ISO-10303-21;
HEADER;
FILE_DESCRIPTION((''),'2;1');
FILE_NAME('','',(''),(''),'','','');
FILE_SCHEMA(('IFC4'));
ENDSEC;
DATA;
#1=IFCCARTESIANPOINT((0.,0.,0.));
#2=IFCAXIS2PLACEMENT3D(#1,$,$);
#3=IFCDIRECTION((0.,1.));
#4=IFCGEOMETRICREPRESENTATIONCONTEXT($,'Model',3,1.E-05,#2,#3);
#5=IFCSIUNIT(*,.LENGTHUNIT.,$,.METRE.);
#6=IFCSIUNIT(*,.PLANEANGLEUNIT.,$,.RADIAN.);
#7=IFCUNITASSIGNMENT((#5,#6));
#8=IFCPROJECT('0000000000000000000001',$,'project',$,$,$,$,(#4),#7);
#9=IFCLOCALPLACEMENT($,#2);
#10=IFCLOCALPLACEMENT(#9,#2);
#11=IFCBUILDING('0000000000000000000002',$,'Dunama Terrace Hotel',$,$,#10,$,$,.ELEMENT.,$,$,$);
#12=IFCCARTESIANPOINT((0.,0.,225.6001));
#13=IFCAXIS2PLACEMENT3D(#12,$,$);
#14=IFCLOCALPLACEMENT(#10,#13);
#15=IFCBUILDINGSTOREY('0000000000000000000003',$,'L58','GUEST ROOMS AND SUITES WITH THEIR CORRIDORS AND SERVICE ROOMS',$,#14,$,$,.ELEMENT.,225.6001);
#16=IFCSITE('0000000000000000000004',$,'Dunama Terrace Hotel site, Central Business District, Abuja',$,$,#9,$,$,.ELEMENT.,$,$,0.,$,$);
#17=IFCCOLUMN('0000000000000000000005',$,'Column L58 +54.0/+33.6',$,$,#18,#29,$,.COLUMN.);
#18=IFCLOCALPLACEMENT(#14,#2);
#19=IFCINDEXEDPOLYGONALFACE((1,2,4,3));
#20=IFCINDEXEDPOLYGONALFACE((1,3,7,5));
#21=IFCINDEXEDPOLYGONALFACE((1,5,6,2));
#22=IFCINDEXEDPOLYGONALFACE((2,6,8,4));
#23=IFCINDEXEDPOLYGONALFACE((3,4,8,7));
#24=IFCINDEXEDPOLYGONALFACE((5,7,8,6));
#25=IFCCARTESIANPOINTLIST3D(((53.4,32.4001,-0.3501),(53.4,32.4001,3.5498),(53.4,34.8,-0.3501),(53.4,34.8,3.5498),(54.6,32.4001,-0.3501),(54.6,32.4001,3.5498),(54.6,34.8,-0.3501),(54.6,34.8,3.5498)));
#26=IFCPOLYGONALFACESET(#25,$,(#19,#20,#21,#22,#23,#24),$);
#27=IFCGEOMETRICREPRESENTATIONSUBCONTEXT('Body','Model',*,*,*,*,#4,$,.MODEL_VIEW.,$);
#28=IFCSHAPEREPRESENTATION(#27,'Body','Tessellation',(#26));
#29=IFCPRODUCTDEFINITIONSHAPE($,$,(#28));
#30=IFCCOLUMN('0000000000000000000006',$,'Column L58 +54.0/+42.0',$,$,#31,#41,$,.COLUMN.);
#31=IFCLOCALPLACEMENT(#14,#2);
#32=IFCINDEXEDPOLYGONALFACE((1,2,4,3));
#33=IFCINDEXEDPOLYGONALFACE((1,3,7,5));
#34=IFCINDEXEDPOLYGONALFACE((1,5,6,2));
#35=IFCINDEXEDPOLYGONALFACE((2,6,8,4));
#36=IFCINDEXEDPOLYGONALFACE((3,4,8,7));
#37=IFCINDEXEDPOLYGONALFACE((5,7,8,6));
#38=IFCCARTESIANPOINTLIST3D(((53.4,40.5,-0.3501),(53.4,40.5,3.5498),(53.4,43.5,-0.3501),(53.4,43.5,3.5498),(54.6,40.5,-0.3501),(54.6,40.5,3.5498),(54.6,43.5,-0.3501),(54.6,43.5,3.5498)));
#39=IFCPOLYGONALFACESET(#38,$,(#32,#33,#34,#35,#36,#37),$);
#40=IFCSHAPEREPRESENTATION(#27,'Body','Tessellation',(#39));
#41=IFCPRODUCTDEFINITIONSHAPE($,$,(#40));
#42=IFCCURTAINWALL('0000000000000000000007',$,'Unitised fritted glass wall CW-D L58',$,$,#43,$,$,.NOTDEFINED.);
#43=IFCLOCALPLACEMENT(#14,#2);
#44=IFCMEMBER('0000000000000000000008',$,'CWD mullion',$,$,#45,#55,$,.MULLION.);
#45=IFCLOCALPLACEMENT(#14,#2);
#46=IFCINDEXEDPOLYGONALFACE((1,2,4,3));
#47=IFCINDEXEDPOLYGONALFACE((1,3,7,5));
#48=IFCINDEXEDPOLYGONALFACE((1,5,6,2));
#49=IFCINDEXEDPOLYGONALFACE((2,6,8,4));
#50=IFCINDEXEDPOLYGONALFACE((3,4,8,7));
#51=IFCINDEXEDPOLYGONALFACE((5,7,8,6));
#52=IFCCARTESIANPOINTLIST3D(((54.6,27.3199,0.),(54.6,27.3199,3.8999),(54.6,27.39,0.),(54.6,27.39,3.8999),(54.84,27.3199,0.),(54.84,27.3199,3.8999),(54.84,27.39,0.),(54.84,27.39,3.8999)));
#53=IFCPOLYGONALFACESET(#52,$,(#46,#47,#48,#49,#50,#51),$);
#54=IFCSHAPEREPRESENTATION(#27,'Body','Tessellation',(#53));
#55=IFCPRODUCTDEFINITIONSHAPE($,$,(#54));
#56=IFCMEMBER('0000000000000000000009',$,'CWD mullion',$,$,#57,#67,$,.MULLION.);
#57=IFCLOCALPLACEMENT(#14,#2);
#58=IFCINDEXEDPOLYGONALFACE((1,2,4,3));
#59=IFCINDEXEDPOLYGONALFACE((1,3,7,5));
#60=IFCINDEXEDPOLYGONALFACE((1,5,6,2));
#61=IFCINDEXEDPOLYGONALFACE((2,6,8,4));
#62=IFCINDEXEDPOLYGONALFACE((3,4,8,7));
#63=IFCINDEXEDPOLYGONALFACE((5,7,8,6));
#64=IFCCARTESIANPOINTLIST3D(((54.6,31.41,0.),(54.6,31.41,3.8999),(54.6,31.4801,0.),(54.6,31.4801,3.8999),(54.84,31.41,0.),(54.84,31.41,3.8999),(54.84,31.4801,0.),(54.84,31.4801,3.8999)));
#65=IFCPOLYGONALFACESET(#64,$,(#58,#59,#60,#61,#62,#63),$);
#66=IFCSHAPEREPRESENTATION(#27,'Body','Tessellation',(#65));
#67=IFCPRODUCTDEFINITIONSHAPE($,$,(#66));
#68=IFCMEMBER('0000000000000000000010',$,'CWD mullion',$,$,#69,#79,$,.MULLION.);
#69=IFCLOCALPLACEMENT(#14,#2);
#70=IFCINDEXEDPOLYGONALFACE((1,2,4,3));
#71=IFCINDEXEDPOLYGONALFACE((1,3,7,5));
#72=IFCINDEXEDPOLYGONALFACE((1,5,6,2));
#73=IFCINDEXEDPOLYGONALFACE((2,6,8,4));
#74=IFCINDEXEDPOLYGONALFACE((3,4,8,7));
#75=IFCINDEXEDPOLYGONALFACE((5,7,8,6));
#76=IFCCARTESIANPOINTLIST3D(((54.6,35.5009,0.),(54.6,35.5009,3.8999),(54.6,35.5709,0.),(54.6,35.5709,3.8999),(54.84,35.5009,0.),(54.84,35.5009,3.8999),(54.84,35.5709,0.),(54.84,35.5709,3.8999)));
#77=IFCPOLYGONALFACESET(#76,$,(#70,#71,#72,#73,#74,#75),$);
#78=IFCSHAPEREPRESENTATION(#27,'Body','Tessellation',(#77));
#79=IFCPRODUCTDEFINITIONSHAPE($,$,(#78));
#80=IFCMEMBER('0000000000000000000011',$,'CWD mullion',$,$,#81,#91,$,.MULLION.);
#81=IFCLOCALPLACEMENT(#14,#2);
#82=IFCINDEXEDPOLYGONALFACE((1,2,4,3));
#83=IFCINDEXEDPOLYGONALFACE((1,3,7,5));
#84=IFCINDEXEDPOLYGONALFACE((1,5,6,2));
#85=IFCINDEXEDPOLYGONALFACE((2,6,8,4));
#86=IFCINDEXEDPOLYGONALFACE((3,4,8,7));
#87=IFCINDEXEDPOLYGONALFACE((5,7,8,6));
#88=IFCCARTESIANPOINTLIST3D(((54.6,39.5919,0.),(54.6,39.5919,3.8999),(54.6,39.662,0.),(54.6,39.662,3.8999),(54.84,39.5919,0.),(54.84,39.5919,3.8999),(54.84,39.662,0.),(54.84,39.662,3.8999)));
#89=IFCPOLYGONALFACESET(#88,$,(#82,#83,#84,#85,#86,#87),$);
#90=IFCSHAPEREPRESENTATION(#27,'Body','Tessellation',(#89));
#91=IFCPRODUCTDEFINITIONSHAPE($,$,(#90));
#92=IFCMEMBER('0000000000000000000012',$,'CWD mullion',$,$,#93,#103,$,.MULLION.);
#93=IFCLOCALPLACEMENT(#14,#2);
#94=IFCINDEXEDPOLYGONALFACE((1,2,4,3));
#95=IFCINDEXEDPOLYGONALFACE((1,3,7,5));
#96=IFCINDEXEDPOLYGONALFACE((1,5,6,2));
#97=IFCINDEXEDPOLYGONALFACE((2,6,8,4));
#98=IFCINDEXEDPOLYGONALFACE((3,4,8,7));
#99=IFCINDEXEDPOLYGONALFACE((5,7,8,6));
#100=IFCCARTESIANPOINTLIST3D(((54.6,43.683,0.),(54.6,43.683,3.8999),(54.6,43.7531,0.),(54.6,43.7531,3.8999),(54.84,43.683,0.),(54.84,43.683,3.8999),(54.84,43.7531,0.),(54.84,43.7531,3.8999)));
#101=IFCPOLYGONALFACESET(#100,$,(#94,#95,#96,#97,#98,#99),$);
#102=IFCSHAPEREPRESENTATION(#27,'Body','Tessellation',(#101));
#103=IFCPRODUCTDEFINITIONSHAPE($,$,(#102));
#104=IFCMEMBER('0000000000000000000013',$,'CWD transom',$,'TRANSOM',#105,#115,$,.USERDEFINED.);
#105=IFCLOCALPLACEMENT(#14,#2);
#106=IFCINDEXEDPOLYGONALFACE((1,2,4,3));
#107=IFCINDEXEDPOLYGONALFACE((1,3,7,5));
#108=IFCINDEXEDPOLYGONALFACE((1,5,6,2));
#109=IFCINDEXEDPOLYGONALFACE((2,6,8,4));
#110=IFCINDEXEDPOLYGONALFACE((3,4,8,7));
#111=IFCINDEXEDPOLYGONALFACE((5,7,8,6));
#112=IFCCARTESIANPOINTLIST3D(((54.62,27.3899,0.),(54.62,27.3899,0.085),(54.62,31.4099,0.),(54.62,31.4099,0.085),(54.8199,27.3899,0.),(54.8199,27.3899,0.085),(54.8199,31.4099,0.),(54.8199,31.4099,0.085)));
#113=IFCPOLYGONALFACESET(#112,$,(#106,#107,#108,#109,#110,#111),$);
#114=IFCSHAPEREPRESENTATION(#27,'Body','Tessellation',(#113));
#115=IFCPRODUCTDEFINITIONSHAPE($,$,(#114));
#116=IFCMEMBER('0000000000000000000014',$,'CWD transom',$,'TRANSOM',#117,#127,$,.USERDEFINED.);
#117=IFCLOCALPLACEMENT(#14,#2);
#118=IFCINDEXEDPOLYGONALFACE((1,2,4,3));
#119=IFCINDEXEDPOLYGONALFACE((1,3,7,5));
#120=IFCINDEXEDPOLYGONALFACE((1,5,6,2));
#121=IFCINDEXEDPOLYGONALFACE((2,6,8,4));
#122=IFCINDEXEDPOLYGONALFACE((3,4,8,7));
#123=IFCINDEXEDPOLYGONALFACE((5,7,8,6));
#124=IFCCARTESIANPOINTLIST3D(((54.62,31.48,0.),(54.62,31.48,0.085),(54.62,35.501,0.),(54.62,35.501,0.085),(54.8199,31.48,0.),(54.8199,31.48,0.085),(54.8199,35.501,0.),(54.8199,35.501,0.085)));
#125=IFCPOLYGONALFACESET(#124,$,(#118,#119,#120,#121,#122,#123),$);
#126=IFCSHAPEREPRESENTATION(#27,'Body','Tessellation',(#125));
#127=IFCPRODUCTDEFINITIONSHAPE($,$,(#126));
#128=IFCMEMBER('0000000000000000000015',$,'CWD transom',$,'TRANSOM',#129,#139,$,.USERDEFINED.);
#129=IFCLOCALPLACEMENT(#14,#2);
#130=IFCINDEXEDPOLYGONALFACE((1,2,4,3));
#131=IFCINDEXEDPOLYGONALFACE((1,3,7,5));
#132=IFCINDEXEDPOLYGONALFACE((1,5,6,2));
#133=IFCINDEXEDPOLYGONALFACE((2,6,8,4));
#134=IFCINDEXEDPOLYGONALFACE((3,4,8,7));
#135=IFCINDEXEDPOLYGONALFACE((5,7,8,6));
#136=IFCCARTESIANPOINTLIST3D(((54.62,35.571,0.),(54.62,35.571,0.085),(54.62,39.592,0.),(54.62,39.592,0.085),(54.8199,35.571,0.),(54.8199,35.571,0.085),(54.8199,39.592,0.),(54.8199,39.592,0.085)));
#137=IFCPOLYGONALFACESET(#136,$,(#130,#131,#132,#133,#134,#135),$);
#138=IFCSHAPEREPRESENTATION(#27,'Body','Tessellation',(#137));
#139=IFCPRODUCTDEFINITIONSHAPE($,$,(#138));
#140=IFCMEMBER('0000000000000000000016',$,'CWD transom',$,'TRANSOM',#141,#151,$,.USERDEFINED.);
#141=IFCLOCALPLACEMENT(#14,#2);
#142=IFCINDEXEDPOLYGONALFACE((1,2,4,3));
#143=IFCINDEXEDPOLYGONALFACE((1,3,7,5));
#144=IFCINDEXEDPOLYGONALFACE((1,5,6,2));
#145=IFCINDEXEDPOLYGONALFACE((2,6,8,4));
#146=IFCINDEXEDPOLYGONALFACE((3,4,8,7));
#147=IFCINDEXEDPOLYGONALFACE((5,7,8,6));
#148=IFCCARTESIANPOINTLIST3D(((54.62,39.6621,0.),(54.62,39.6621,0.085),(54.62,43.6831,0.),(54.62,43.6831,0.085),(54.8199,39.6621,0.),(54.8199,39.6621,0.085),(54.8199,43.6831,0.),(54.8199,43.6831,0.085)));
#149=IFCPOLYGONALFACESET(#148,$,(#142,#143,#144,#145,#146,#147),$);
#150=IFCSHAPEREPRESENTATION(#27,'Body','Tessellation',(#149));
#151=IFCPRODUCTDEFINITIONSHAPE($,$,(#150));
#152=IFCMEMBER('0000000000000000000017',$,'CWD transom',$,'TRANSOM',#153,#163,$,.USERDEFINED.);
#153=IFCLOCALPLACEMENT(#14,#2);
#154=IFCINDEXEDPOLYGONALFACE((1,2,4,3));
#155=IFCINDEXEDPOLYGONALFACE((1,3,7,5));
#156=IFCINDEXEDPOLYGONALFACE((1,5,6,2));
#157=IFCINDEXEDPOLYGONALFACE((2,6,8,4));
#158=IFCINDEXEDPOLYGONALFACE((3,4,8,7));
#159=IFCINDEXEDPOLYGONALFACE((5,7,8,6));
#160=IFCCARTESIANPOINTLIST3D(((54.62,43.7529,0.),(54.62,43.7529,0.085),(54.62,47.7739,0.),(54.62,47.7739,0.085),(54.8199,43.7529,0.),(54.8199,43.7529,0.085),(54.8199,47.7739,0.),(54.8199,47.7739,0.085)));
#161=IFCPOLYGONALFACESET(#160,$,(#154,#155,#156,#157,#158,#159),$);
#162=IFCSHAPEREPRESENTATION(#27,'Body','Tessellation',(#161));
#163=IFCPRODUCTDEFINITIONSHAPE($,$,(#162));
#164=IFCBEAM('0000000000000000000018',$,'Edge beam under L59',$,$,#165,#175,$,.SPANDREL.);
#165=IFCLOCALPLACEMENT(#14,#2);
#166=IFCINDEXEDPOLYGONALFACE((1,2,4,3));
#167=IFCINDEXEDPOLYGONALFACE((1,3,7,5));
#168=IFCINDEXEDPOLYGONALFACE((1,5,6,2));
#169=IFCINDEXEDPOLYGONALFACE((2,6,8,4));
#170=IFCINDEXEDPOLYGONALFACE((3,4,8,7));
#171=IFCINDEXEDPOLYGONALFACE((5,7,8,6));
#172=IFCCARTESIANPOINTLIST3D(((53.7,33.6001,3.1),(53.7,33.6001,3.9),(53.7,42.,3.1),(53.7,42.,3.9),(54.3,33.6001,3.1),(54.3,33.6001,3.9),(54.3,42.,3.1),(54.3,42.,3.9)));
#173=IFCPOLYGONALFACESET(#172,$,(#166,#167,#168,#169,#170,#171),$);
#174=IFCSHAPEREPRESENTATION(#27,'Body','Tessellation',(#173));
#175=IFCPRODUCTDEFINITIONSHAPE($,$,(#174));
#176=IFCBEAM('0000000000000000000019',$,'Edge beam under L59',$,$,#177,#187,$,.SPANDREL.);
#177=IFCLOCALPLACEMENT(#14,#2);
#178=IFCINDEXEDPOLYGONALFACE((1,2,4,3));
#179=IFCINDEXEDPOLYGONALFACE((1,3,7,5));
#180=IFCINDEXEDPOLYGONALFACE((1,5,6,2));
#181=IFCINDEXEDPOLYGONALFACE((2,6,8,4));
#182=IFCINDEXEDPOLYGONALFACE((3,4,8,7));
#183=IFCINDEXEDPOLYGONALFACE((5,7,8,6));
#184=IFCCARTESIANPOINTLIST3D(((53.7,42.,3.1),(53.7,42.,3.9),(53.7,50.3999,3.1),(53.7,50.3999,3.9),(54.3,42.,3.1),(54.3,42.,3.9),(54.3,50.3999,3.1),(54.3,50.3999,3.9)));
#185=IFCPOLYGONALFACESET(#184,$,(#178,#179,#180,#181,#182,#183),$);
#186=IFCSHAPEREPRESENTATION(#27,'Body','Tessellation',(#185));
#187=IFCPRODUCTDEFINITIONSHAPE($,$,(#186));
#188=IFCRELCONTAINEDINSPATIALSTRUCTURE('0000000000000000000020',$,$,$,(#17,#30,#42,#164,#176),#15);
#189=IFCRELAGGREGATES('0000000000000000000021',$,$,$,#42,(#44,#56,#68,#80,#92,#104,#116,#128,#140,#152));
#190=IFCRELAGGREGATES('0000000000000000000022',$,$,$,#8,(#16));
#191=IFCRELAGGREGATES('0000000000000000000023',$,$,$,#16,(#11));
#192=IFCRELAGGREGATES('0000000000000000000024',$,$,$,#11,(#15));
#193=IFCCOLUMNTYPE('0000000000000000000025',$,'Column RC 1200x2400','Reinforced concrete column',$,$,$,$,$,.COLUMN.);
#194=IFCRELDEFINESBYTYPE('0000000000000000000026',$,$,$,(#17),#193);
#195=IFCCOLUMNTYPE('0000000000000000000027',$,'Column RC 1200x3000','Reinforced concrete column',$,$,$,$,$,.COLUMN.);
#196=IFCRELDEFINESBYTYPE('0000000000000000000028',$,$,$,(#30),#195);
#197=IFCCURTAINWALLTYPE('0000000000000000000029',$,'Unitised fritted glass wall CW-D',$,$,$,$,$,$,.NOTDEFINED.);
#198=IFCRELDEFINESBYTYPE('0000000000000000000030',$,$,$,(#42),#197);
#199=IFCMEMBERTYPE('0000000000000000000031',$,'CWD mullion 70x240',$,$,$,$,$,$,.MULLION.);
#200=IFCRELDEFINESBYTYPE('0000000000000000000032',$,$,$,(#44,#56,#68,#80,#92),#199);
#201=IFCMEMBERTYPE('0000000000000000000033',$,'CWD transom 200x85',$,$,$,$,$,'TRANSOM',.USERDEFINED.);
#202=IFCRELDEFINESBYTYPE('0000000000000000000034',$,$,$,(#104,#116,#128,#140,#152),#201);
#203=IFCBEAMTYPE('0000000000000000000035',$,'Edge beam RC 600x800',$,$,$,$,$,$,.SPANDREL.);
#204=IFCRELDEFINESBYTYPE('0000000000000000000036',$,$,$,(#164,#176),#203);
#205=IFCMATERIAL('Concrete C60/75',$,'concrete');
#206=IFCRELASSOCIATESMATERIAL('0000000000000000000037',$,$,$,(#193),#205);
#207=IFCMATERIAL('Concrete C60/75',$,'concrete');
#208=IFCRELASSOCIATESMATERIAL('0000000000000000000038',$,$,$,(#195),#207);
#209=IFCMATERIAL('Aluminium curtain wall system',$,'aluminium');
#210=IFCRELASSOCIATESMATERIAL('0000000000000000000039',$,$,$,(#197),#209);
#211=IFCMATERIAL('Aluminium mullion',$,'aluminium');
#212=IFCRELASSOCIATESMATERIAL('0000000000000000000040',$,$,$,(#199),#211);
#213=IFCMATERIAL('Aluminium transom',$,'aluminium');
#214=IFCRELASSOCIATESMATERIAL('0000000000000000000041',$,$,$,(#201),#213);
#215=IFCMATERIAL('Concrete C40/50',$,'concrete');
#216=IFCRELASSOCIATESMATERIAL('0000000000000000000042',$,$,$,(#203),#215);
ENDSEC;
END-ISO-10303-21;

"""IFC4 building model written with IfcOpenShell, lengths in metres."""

from ifc_helpers import new_model, si_unit, direction, frame, origin, origin_2d, place, context, subcontext, project, spatial, rectangle, extrude, material, material_profile, profile_set, type_object, element, aggregate, save


model = new_model("IFC4")

# Units and contexts
model_context = context("Model", 3, precision=1e-05, world=origin(), true_north=direction((0.0, 1.0)))
body_context = subcontext(model_context, "Body", "Model", "MODEL_VIEW")
ifc_project = project(units=[si_unit("LENGTHUNIT", "METRE"), si_unit("PLANEANGLEUNIT", "RADIAN")], contexts=[model_context])

# Site, building, storey
site_placement = place(None, origin())
site = spatial("IfcSite", under=ifc_project, at=site_placement, Name="Dunama Terrace Hotel site, Central Business District, Abuja", CompositionType="ELEMENT", RefElevation=0.0)
building_placement = place(site_placement, origin())
building = spatial("IfcBuilding", under=site, at=building_placement, Name="Dunama Terrace Hotel", CompositionType="ELEMENT")
storey_placement = place(building_placement, frame((0.0, 0.0, 225.6001)))
storey = spatial("IfcBuildingStorey", under=building, at=storey_placement, Name="L58", Description="GUEST ROOMS AND SUITES WITH THEIR CORRIDORS AND SERVICE ROOMS", CompositionType="ELEMENT", Elevation=225.6001)

# Columns
ifc_material_1 = material(Name="Concrete C60/75", Category="concrete")
ifc_material_profile_1 = material_profile(ifc_material_1, rectangle(XDim=1.2, YDim=2.3999, at=origin_2d()), Name="RC 1200x2400")
ifc_profile_set_1 = profile_set([ifc_material_profile_1], Name="Concrete C60/75")
column_type_1 = type_object("IfcColumnType", Name="Column RC 1200x2400", Description="Reinforced concrete column", PredefinedType="COLUMN", material=ifc_profile_set_1)
column_1_placement = place(storey_placement, frame((54.0, 33.6001, -0.3501), z_axis=(0.0, 0.0, 1.0), x_axis=(1.0, 0.0, 0.0)))
element("IfcColumn", 1, at=column_1_placement, inside=storey, type_object=column_type_1, Name="Column L58 +54.0/+33.6", PredefinedType="COLUMN", context=body_context, shape_type="SweptSolid", body=[
    extrude(rectangle(XDim=1.2, YDim=2.3999, at=origin_2d()), origin(), (0.0, 0.0, 1.0), 3.8999),
])
ifc_material_2 = material(Name="Concrete C60/75", Category="concrete")
ifc_material_profile_2 = material_profile(ifc_material_2, rectangle(XDim=1.2, YDim=3.0, at=origin_2d()), Name="RC 1200x3000")
ifc_profile_set_2 = profile_set([ifc_material_profile_2], Name="Concrete C60/75")
column_type_2 = type_object("IfcColumnType", Name="Column RC 1200x3000", Description="Reinforced concrete column", PredefinedType="COLUMN", material=ifc_profile_set_2)
column_2_placement = place(storey_placement, frame((54.0, 42.0, -0.3501), z_axis=(0.0, 0.0, 1.0), x_axis=(1.0, 0.0, 0.0)))
element("IfcColumn", 2, at=column_2_placement, inside=storey, type_object=column_type_2, Name="Column L58 +54.0/+42.0", PredefinedType="COLUMN", context=body_context, shape_type="SweptSolid", body=[
    extrude(rectangle(XDim=1.2, YDim=3.0, at=origin_2d()), origin(), (0.0, 0.0, 1.0), 3.8999),
])

# Curtain wall, members
ifc_material_3 = material(Name="Aluminium curtain wall system", Category="aluminium")
curtain_wall_type = type_object("IfcCurtainWallType", Name="Unitised fritted glass wall CW-D", PredefinedType="NOTDEFINED", material=ifc_material_3)
curtain_wall_placement = place(storey_placement, origin())
curtain_wall = element("IfcCurtainWall", 3, at=curtain_wall_placement, inside=storey, type_object=curtain_wall_type, Name="Unitised fritted glass wall CW-D L58", PredefinedType="NOTDEFINED")
ifc_material_4 = material(Name="Aluminium mullion", Category="aluminium")
ifc_material_profile_3 = material_profile(ifc_material_4, rectangle(XDim=0.0701, YDim=0.24, at=origin_2d()), Name="CWD MULLION 70X240")
ifc_profile_set_3 = profile_set([ifc_material_profile_3], Name="Aluminium mullion")
member_type_1 = type_object("IfcMemberType", Name="CWD mullion 70x240", PredefinedType="MULLION", material=ifc_profile_set_3)
member_1_placement = place(storey_placement, frame((54.72, 27.355, 0.0), z_axis=(0.0, 0.0, 1.0), x_axis=(0.0, 1.0, 0.0)))
member_1 = element("IfcMember", 4, at=member_1_placement, type_object=member_type_1, Name="CWD mullion", PredefinedType="MULLION", context=body_context, shape_type="SweptSolid", body=[
    extrude(rectangle(XDim=0.0701, YDim=0.24, at=origin_2d()), origin(), (0.0, 0.0, 1.0), 3.8999),
])
member_2_placement = place(storey_placement, frame((54.72, 31.4451, 0.0), z_axis=(0.0, 0.0, 1.0), x_axis=(0.0, 1.0, 0.0)))
member_2 = element("IfcMember", 5, at=member_2_placement, type_object=member_type_1, Name="CWD mullion", PredefinedType="MULLION", context=body_context, shape_type="SweptSolid", body=[
    extrude(rectangle(XDim=0.0701, YDim=0.24, at=origin_2d()), origin(), (0.0, 0.0, 1.0), 3.8999),
])
member_3_placement = place(storey_placement, frame((54.72, 35.5359, 0.0), z_axis=(0.0, 0.0, 1.0), x_axis=(0.0, 1.0, 0.0)))
member_3 = element("IfcMember", 6, at=member_3_placement, type_object=member_type_1, Name="CWD mullion", PredefinedType="MULLION", context=body_context, shape_type="SweptSolid", body=[
    extrude(rectangle(XDim=0.0701, YDim=0.24, at=origin_2d()), origin(), (0.0, 0.0, 1.0), 3.8999),
])
member_4_placement = place(storey_placement, frame((54.72, 39.627, 0.0), z_axis=(0.0, 0.0, 1.0), x_axis=(0.0, 1.0, 0.0)))
member_4 = element("IfcMember", 7, at=member_4_placement, type_object=member_type_1, Name="CWD mullion", PredefinedType="MULLION", context=body_context, shape_type="SweptSolid", body=[
    extrude(rectangle(XDim=0.0701, YDim=0.24, at=origin_2d()), origin(), (0.0, 0.0, 1.0), 3.8999),
])
member_5_placement = place(storey_placement, frame((54.72, 43.718, 0.0), z_axis=(0.0, 0.0, 1.0), x_axis=(0.0, 1.0, 0.0)))
member_5 = element("IfcMember", 8, at=member_5_placement, type_object=member_type_1, Name="CWD mullion", PredefinedType="MULLION", context=body_context, shape_type="SweptSolid", body=[
    extrude(rectangle(XDim=0.0701, YDim=0.24, at=origin_2d()), origin(), (0.0, 0.0, 1.0), 3.8999),
])
ifc_material_5 = material(Name="Aluminium transom", Category="aluminium")
ifc_material_profile_4 = material_profile(ifc_material_5, rectangle(XDim=0.2, YDim=0.085, at=origin_2d()), Name="CWD TRANSOM 200X85")
ifc_profile_set_4 = profile_set([ifc_material_profile_4], Name="Aluminium transom")
member_type_2 = type_object("IfcMemberType", Name="CWD transom 200x85", ElementType="TRANSOM", PredefinedType="USERDEFINED", material=ifc_profile_set_4)
member_6_placement = place(storey_placement, frame((54.72, 27.3899, 0.0425), z_axis=(0.0, 1.0, 0.0), x_axis=(-1.0, 0.0, 0.0)))
member_6 = element("IfcMember", 9, at=member_6_placement, type_object=member_type_2, Name="CWD transom", ObjectType="TRANSOM", PredefinedType="USERDEFINED", context=body_context, shape_type="SweptSolid", body=[
    extrude(rectangle(XDim=0.2, YDim=0.085, at=origin_2d()), origin(), (0.0, 0.0, 1.0), 4.02),
])
member_7_placement = place(storey_placement, frame((54.72, 31.48, 0.0425), z_axis=(0.0, 1.0, 0.0), x_axis=(-1.0, 0.0, 0.0)))
member_7 = element("IfcMember", 10, at=member_7_placement, type_object=member_type_2, Name="CWD transom", ObjectType="TRANSOM", PredefinedType="USERDEFINED", context=body_context, shape_type="SweptSolid", body=[
    extrude(rectangle(XDim=0.2, YDim=0.085, at=origin_2d()), origin(), (0.0, 0.0, 1.0), 4.021),
])
member_8_placement = place(storey_placement, frame((54.72, 35.571, 0.0425), z_axis=(0.0, 1.0, 0.0), x_axis=(-1.0, 0.0, 0.0)))
member_8 = element("IfcMember", 11, at=member_8_placement, type_object=member_type_2, Name="CWD transom", ObjectType="TRANSOM", PredefinedType="USERDEFINED", context=body_context, shape_type="SweptSolid", body=[
    extrude(rectangle(XDim=0.2, YDim=0.085, at=origin_2d()), origin(), (0.0, 0.0, 1.0), 4.021),
])
member_9_placement = place(storey_placement, frame((54.72, 39.6621, 0.0425), z_axis=(0.0, 1.0, 0.0), x_axis=(-1.0, 0.0, 0.0)))
member_9 = element("IfcMember", 12, at=member_9_placement, type_object=member_type_2, Name="CWD transom", ObjectType="TRANSOM", PredefinedType="USERDEFINED", context=body_context, shape_type="SweptSolid", body=[
    extrude(rectangle(XDim=0.2, YDim=0.085, at=origin_2d()), origin(), (0.0, 0.0, 1.0), 4.021),
])
member_10_placement = place(storey_placement, frame((54.72, 43.7529, 0.0425), z_axis=(0.0, 1.0, 0.0), x_axis=(-1.0, 0.0, 0.0)))
member_10 = element("IfcMember", 13, at=member_10_placement, type_object=member_type_2, Name="CWD transom", ObjectType="TRANSOM", PredefinedType="USERDEFINED", context=body_context, shape_type="SweptSolid", body=[
    extrude(rectangle(XDim=0.2, YDim=0.085, at=origin_2d()), origin(), (0.0, 0.0, 1.0), 4.021),
])

# Beams
ifc_material_6 = material(Name="Concrete C40/50", Category="concrete")
ifc_material_profile_5 = material_profile(ifc_material_6, rectangle(XDim=0.6001, YDim=0.8, at=origin_2d()), Name="RC 600x800")
ifc_profile_set_5 = profile_set([ifc_material_profile_5], Name="Concrete C40/50")
beam_type = type_object("IfcBeamType", Name="Edge beam RC 600x800", PredefinedType="SPANDREL", material=ifc_profile_set_5)
for number, where, z_axis, x_axis, name in (
    (14, (54.0, 33.6001, 3.5), (0.0, 1.0, 0.0), (-1.0, 0.0, 0.0), "Edge beam under L59"),
    (15, (54.0, 42.0, 3.5), (0.0, 1.0, 0.0), (-1.0, 0.0, 0.0), "Edge beam under L59"),
):
    element("IfcBeam", number, at=place(storey_placement, frame(where, z_axis=z_axis, x_axis=x_axis)), inside=storey, type_object=beam_type, Name=name, PredefinedType="SPANDREL", context=body_context, shape_type="SweptSolid", body=[
        extrude(rectangle(XDim=0.6001, YDim=0.8, at=origin_2d()), origin(), (0.0, 0.0, 1.0), 8.3999),
    ])

aggregate(curtain_wall, [member_1, member_2, member_3, member_4, member_5, member_6, member_7, member_8, member_9, member_10])

save(model, "model.ifc")
